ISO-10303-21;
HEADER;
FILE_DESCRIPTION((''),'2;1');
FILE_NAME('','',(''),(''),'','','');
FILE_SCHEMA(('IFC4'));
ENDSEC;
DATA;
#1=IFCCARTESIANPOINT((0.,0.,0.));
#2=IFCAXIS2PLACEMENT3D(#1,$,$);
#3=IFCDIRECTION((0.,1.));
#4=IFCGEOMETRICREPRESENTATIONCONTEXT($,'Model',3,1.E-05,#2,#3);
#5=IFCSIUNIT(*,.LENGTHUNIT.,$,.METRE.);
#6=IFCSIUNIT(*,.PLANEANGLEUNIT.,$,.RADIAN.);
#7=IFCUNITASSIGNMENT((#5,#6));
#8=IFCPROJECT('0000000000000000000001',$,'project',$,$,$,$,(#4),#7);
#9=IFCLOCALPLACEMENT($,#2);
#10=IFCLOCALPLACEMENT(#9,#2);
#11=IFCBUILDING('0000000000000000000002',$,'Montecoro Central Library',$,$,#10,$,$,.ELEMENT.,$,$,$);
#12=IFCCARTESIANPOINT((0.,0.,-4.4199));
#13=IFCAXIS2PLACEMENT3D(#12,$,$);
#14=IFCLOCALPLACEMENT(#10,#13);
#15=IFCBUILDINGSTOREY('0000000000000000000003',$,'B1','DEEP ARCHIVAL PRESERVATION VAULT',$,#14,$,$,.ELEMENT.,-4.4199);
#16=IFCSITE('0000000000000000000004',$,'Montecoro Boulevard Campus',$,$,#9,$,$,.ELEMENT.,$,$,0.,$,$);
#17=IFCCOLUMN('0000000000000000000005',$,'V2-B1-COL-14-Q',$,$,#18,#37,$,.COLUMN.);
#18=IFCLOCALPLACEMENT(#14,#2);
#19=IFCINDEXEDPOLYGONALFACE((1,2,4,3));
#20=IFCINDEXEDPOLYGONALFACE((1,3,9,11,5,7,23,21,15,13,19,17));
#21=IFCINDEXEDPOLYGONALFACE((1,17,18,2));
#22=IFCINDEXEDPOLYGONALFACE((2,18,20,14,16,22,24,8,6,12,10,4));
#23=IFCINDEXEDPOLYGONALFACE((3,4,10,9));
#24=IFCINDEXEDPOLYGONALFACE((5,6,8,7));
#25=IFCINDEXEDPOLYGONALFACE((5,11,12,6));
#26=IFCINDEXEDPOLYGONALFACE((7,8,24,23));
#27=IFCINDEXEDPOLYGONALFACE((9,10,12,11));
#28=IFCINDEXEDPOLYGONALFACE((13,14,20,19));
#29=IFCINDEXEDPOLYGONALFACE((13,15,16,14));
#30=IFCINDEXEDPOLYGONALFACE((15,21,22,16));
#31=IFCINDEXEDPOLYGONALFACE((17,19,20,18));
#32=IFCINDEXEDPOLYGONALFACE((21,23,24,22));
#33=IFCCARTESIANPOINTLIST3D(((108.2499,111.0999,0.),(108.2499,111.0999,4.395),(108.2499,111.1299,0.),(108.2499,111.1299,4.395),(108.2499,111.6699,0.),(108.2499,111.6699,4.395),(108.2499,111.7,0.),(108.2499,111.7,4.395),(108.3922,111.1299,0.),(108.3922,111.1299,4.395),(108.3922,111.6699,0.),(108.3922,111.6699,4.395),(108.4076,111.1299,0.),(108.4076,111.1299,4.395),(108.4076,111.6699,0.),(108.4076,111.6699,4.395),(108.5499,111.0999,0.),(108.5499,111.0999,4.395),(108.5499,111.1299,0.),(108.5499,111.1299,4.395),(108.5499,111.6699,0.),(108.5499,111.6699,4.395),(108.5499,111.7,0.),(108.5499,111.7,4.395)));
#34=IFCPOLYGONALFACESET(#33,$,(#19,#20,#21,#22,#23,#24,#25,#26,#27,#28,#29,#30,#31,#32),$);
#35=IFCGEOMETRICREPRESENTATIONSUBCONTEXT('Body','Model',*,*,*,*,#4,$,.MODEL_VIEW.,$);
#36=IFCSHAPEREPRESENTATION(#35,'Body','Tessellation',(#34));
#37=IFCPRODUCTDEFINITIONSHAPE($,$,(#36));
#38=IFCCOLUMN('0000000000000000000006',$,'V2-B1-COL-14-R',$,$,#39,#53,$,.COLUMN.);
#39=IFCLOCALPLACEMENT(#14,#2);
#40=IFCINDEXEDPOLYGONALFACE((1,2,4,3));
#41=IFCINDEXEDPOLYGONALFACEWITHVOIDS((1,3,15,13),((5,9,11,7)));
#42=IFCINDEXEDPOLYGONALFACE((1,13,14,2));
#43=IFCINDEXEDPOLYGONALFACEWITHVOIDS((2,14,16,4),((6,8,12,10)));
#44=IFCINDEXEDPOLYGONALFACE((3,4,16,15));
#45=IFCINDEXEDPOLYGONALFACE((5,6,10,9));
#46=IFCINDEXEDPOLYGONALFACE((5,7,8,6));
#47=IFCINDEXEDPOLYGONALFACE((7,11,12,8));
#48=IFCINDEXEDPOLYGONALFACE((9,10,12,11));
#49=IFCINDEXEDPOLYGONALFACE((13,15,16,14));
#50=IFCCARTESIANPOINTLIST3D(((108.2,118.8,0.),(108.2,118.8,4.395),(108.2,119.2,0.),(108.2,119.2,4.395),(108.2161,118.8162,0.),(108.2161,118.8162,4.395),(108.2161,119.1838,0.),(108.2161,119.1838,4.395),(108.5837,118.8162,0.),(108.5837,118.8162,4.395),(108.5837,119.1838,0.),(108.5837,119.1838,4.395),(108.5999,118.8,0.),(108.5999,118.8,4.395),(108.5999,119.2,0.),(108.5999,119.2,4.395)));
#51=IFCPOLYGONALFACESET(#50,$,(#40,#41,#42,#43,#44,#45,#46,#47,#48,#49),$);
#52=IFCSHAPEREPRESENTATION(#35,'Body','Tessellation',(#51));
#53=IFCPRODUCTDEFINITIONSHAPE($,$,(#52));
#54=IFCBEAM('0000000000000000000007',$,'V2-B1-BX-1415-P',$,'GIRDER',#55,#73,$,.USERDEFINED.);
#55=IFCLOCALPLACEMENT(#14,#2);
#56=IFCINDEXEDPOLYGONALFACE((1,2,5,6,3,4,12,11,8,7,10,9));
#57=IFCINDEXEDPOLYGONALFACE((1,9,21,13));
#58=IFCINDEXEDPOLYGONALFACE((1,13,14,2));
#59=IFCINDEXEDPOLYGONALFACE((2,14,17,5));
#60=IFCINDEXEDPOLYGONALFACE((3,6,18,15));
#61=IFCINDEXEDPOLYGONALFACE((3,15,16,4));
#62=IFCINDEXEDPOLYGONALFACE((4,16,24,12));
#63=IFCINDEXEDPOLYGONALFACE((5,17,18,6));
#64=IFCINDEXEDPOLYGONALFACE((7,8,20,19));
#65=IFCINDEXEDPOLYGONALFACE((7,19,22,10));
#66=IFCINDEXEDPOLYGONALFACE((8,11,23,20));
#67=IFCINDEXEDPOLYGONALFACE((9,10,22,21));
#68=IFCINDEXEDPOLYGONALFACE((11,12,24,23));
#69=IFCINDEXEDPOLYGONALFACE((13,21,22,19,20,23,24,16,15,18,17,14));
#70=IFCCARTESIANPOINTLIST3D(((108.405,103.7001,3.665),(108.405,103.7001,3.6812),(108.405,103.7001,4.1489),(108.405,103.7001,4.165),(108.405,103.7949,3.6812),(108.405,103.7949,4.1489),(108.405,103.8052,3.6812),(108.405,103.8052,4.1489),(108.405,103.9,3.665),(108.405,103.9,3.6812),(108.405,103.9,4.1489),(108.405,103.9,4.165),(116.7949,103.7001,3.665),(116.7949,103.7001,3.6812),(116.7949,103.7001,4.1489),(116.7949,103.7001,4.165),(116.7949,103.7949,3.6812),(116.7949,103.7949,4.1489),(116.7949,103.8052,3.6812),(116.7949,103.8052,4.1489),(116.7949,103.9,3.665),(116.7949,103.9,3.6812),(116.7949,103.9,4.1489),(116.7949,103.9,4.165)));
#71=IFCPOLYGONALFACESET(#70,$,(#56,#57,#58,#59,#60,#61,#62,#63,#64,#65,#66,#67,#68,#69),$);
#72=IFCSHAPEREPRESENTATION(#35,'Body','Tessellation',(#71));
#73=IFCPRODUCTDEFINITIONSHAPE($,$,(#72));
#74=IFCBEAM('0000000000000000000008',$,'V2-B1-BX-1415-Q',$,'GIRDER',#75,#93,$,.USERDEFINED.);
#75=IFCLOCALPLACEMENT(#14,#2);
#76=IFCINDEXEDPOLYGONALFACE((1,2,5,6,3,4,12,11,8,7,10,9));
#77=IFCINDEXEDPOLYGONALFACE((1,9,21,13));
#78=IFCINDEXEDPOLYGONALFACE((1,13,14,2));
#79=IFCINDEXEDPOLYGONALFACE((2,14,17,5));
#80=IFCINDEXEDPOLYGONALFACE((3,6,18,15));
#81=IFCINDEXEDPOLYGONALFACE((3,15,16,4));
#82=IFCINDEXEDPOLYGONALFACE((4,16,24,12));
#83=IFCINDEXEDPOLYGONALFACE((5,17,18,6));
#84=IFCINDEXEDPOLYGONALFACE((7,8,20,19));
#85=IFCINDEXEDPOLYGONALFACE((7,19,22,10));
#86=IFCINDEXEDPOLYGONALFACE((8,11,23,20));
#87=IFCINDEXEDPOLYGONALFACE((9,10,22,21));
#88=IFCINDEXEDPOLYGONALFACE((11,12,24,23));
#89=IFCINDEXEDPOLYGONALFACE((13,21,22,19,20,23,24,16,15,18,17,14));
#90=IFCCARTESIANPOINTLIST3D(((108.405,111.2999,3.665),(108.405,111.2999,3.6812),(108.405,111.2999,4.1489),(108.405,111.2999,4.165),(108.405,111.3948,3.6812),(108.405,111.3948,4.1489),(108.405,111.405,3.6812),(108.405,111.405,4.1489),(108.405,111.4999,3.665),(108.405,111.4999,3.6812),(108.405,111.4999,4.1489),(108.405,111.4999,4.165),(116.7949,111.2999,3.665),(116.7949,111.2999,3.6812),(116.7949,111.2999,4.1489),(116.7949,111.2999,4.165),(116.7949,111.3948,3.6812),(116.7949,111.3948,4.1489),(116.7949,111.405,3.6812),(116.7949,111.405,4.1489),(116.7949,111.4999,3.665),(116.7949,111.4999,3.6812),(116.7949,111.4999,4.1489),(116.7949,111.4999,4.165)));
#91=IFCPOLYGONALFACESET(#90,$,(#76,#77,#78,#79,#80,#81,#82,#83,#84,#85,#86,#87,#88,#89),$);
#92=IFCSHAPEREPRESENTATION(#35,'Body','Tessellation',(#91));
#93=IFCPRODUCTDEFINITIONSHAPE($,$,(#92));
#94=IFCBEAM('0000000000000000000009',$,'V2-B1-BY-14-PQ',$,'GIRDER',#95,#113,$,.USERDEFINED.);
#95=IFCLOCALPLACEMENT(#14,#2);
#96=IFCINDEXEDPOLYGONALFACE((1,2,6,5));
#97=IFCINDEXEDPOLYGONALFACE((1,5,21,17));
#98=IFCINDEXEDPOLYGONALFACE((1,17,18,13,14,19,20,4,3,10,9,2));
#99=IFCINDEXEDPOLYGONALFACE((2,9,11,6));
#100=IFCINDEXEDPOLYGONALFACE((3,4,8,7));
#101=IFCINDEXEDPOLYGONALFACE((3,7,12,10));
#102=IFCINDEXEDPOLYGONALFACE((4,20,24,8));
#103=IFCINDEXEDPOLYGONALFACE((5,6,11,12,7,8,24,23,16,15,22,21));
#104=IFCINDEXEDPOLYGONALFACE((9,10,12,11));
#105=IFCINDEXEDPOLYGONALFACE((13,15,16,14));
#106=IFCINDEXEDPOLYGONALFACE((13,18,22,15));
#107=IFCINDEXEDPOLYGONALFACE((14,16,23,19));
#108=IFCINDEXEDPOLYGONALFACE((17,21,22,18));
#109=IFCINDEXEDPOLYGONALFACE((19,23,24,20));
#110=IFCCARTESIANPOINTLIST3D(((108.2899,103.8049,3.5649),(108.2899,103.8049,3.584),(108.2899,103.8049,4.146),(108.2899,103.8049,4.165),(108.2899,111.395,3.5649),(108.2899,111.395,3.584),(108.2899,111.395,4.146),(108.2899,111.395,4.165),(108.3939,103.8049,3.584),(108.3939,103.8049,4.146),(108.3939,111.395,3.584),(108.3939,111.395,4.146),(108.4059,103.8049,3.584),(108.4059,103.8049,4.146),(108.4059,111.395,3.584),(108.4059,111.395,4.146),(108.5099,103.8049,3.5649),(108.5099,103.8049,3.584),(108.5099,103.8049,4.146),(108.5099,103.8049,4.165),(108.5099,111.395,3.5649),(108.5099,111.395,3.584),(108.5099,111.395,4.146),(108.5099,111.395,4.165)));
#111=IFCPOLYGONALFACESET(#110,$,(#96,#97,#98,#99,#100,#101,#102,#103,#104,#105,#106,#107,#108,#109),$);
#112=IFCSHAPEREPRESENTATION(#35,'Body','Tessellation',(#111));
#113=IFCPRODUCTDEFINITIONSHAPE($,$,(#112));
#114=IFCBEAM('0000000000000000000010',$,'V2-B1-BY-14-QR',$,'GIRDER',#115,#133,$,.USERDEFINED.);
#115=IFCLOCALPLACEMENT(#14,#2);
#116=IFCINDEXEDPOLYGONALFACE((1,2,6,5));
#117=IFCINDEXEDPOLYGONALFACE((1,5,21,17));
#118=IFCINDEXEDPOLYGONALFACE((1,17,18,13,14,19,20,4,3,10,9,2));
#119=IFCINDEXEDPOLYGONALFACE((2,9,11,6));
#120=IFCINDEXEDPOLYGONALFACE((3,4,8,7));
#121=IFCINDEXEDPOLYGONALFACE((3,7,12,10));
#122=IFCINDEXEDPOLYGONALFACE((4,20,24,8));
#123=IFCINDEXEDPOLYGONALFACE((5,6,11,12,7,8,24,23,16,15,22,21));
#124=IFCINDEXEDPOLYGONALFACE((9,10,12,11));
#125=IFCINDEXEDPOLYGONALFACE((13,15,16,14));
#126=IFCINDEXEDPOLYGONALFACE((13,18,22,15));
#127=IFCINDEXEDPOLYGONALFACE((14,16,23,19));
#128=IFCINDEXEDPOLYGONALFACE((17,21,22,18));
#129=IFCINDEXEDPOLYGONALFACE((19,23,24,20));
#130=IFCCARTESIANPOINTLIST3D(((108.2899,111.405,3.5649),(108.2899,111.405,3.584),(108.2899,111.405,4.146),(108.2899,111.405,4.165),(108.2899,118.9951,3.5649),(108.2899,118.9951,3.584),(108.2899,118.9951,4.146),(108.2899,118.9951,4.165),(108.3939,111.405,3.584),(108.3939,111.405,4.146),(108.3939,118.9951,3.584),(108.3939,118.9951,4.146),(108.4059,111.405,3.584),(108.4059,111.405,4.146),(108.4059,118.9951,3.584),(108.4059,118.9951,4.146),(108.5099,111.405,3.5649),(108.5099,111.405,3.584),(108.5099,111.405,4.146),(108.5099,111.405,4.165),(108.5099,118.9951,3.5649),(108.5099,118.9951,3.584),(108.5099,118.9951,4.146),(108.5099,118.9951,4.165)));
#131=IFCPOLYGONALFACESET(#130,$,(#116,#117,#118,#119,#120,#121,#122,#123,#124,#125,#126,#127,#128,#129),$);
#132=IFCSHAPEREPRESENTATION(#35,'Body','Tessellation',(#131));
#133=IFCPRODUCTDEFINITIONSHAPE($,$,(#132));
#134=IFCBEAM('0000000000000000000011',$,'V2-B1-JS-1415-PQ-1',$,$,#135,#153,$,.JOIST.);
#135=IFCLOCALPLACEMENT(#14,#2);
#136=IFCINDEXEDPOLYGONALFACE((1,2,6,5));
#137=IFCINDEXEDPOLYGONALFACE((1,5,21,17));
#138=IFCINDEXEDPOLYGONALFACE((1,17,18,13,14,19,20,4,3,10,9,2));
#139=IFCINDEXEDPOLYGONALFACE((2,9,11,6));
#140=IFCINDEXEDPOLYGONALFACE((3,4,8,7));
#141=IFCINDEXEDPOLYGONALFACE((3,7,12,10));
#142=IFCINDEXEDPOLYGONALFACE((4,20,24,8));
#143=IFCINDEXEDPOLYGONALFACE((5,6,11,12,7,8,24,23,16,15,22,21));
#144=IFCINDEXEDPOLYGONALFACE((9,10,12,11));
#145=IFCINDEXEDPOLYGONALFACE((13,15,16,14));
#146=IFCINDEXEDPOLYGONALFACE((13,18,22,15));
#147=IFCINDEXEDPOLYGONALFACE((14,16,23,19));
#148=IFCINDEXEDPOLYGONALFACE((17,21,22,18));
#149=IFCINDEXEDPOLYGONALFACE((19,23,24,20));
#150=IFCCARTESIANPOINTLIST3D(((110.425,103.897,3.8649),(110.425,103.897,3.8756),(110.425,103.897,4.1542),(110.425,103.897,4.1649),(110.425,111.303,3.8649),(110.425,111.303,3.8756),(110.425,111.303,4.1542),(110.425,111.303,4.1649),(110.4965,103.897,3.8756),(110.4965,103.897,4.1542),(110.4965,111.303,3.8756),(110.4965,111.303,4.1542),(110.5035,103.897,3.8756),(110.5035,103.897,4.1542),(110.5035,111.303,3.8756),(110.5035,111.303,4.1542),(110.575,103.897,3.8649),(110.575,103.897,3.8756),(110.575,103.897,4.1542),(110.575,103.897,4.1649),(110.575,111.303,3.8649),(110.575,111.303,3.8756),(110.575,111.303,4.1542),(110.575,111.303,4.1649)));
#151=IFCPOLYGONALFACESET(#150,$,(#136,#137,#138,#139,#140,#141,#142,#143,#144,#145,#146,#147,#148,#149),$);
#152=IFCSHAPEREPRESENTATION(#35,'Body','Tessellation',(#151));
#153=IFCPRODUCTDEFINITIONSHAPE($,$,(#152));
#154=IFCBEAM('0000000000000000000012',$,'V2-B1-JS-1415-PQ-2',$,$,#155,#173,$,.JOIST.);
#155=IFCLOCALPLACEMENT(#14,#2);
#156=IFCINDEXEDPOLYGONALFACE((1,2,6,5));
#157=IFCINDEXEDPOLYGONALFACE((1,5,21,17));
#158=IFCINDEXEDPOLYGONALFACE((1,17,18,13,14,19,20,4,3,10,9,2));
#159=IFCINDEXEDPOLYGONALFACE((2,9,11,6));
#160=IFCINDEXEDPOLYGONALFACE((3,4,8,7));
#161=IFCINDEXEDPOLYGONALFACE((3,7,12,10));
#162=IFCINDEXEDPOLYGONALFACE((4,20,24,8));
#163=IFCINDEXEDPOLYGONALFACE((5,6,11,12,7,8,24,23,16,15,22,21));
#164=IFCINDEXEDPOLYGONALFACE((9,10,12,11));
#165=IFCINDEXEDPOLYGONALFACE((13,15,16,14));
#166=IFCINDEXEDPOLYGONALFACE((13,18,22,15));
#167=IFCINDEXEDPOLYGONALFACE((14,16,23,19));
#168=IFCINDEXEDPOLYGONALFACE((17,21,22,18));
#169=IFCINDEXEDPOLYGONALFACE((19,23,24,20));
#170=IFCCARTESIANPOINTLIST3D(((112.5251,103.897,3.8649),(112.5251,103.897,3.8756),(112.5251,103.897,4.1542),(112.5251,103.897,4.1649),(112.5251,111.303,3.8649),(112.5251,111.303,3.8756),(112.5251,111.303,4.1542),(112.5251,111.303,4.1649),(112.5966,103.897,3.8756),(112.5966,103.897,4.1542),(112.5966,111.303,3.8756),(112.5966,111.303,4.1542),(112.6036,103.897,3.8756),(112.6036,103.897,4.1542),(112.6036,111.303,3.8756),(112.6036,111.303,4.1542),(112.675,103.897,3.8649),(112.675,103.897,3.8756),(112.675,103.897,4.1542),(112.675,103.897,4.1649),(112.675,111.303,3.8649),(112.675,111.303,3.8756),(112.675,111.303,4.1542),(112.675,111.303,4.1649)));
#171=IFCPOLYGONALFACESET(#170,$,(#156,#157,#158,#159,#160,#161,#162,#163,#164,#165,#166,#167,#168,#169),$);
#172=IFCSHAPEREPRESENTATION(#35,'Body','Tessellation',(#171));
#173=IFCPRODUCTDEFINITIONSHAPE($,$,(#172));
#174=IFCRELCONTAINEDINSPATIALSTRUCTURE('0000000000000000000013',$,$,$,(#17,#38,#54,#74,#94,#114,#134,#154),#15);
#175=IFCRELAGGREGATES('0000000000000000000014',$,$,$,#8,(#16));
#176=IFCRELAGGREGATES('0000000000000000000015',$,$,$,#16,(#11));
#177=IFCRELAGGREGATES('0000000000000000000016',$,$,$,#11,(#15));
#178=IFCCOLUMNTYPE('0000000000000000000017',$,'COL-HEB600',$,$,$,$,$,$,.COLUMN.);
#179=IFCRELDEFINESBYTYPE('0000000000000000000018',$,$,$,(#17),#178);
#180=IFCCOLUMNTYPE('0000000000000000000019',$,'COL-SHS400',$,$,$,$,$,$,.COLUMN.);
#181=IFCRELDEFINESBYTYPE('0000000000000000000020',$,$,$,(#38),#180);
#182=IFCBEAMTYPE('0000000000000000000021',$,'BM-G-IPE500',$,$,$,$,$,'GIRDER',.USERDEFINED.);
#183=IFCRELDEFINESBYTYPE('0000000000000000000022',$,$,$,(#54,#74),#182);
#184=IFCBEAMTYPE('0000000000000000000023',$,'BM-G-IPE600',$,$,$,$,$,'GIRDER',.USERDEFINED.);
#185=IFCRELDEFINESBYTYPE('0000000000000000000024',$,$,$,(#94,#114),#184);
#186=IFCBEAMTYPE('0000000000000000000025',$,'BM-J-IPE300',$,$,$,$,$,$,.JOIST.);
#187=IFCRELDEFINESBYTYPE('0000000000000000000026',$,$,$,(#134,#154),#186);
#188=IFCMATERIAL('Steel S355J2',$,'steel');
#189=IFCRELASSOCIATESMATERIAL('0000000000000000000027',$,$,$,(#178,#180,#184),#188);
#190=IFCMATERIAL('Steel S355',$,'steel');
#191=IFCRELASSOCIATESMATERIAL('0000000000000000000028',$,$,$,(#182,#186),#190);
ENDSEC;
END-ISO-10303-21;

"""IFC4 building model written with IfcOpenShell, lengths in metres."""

from ifc_helpers import new_model, si_unit, direction, frame, origin, origin_2d, place, context, subcontext, project, spatial, hollow_rectangle, i_section, extrude, material, material_profile, profile_set, type_object, element, save


model = new_model("IFC4")

# Units and contexts
model_context = context("Model", 3, precision=1e-05, world=origin(), true_north=direction((0.0, 1.0)))
body_context = subcontext(model_context, "Body", "Model", "MODEL_VIEW")
ifc_project = project(units=[si_unit("LENGTHUNIT", "METRE"), si_unit("PLANEANGLEUNIT", "RADIAN")], contexts=[model_context])

# Site, building, storey
site_placement = place(None, origin())
site = spatial("IfcSite", under=ifc_project, at=site_placement, Name="Montecoro Boulevard Campus", CompositionType="ELEMENT", RefElevation=0.0)
building_placement = place(site_placement, origin())
building = spatial("IfcBuilding", under=site, at=building_placement, Name="Montecoro Central Library", CompositionType="ELEMENT")
storey_placement = place(building_placement, frame((0.0, 0.0, -4.4199)))
storey = spatial("IfcBuildingStorey", under=building, at=storey_placement, Name="B1", Description="DEEP ARCHIVAL PRESERVATION VAULT", CompositionType="ELEMENT", Elevation=-4.4199)

# Columns
ifc_material_1 = material(Name="Steel S355J2", Category="steel")
ifc_material_profile_1 = material_profile(ifc_material_1, i_section(OverallWidth=0.3, OverallDepth=0.6001, WebThickness=0.0154, FlangeThickness=0.03, at=origin_2d()), Name="HEB 600")
ifc_profile_set_1 = profile_set([ifc_material_profile_1], Name="Steel S355J2")
column_type_1 = type_object("IfcColumnType", Name="COL-HEB600", PredefinedType="COLUMN", material=ifc_profile_set_1)
for number, where, z_axis, x_axis, name in (
    (1, (108.3999, 111.3999, 0.0), (0.0, 0.0, 1.0), (1.0, 0.0, 0.0), "V2-B1-COL-14-Q"),
):
    element("IfcColumn", number, at=place(storey_placement, frame(where, z_axis=z_axis, x_axis=x_axis)), inside=storey, type_object=column_type_1, Name=name, PredefinedType="COLUMN", context=body_context, shape_type="SweptSolid", body=[
        extrude(i_section(OverallWidth=0.3, OverallDepth=0.6001, WebThickness=0.0154, FlangeThickness=0.03, at=origin_2d()), origin(), (0.0, 0.0, 1.0), 4.395),
    ])
ifc_material_profile_2 = material_profile(ifc_material_1, hollow_rectangle(XDim=0.3999, YDim=0.3999, WallThickness=0.0161, at=origin_2d()), Name="SHS 400x400x16.0")
ifc_profile_set_2 = profile_set([ifc_material_profile_2], Name="Steel S355J2")
column_type_2 = type_object("IfcColumnType", Name="COL-SHS400", PredefinedType="COLUMN", material=ifc_profile_set_2)
column_placement = place(storey_placement, frame((108.3999, 119.0, 0.0), z_axis=(0.0, 0.0, 1.0), x_axis=(1.0, 0.0, 0.0)))
element("IfcColumn", 2, at=column_placement, inside=storey, type_object=column_type_2, Name="V2-B1-COL-14-R", PredefinedType="COLUMN", context=body_context, shape_type="SweptSolid", body=[
    extrude(hollow_rectangle(XDim=0.3999, YDim=0.3999, WallThickness=0.0161, at=origin_2d()), origin(), (0.0, 0.0, 1.0), 4.395),
])

# Beams
ifc_material_2 = material(Name="Steel S355", Category="steel")
ifc_material_profile_3 = material_profile(ifc_material_2, i_section(OverallWidth=0.2, OverallDepth=0.5, WebThickness=0.0103, FlangeThickness=0.0161, at=origin_2d()), Name="IPE 500")
ifc_profile_set_3 = profile_set([ifc_material_profile_3], Name="Steel S355")
beam_type_1 = type_object("IfcBeamType", Name="BM-G-IPE500", ElementType="GIRDER", PredefinedType="USERDEFINED", material=ifc_profile_set_3)
for number, where, z_axis, x_axis, name in (
    (3, (108.405, 103.8, 3.915), (1.0, 0.0, 0.0), (0.0, 1.0, 0.0), "V2-B1-BX-1415-P"),
    (4, (108.405, 111.3999, 3.915), (1.0, 0.0, 0.0), (0.0, 1.0, 0.0), "V2-B1-BX-1415-Q"),
):
    element("IfcBeam", number, at=place(storey_placement, frame(where, z_axis=z_axis, x_axis=x_axis)), inside=storey, type_object=beam_type_1, Name=name, ObjectType="GIRDER", PredefinedType="USERDEFINED", context=body_context, shape_type="SweptSolid", body=[
        extrude(i_section(OverallWidth=0.2, OverallDepth=0.5, WebThickness=0.0103, FlangeThickness=0.0161, at=origin_2d()), origin(), (0.0, 0.0, 1.0), 8.3899),
    ])
ifc_material_profile_4 = material_profile(ifc_material_1, i_section(OverallWidth=0.22, OverallDepth=0.6001, WebThickness=0.012, FlangeThickness=0.019, at=origin_2d()), Name="IPE 600")
ifc_profile_set_4 = profile_set([ifc_material_profile_4], Name="Steel S355J2")
beam_type_2 = type_object("IfcBeamType", Name="BM-G-IPE600", ElementType="GIRDER", PredefinedType="USERDEFINED", material=ifc_profile_set_4)
for number, where, z_axis, x_axis, name in (
    (5, (108.3999, 103.8049, 3.865), (0.0, 1.0, 0.0), (-1.0, 0.0, 0.0), "V2-B1-BY-14-PQ"),
    (6, (108.3999, 111.405, 3.865), (0.0, 1.0, 0.0), (-1.0, 0.0, 0.0), "V2-B1-BY-14-QR"),
):
    element("IfcBeam", number, at=place(storey_placement, frame(where, z_axis=z_axis, x_axis=x_axis)), inside=storey, type_object=beam_type_2, Name=name, ObjectType="GIRDER", PredefinedType="USERDEFINED", context=body_context, shape_type="SweptSolid", body=[
        extrude(i_section(OverallWidth=0.22, OverallDepth=0.6001, WebThickness=0.012, FlangeThickness=0.019, at=origin_2d()), origin(), (0.0, 0.0, 1.0), 7.5901),
    ])
ifc_material_profile_5 = material_profile(ifc_material_2, i_section(OverallWidth=0.1499, OverallDepth=0.3, WebThickness=0.0071, FlangeThickness=0.0107, at=origin_2d()), Name="IPE 300")
ifc_profile_set_5 = profile_set([ifc_material_profile_5], Name="Steel S355")
beam_type_3 = type_object("IfcBeamType", Name="BM-J-IPE300", PredefinedType="JOIST", material=ifc_profile_set_5)
for number, where, z_axis, x_axis, name in (
    (7, (110.5, 103.897, 4.0149), (0.0, 1.0, 0.0), (-1.0, 0.0, 0.0), "V2-B1-JS-1415-PQ-1"),
    (8, (112.6001, 103.897, 4.0149), (0.0, 1.0, 0.0), (-1.0, 0.0, 0.0), "V2-B1-JS-1415-PQ-2"),
):
    element("IfcBeam", number, at=place(storey_placement, frame(where, z_axis=z_axis, x_axis=x_axis)), inside=storey, type_object=beam_type_3, Name=name, PredefinedType="JOIST", context=body_context, shape_type="SweptSolid", body=[
        extrude(i_section(OverallWidth=0.1499, OverallDepth=0.3, WebThickness=0.0071, FlangeThickness=0.0107, at=origin_2d()), origin(), (0.0, 0.0, 1.0), 7.406),
    ])

save(model, "model.ifc")
